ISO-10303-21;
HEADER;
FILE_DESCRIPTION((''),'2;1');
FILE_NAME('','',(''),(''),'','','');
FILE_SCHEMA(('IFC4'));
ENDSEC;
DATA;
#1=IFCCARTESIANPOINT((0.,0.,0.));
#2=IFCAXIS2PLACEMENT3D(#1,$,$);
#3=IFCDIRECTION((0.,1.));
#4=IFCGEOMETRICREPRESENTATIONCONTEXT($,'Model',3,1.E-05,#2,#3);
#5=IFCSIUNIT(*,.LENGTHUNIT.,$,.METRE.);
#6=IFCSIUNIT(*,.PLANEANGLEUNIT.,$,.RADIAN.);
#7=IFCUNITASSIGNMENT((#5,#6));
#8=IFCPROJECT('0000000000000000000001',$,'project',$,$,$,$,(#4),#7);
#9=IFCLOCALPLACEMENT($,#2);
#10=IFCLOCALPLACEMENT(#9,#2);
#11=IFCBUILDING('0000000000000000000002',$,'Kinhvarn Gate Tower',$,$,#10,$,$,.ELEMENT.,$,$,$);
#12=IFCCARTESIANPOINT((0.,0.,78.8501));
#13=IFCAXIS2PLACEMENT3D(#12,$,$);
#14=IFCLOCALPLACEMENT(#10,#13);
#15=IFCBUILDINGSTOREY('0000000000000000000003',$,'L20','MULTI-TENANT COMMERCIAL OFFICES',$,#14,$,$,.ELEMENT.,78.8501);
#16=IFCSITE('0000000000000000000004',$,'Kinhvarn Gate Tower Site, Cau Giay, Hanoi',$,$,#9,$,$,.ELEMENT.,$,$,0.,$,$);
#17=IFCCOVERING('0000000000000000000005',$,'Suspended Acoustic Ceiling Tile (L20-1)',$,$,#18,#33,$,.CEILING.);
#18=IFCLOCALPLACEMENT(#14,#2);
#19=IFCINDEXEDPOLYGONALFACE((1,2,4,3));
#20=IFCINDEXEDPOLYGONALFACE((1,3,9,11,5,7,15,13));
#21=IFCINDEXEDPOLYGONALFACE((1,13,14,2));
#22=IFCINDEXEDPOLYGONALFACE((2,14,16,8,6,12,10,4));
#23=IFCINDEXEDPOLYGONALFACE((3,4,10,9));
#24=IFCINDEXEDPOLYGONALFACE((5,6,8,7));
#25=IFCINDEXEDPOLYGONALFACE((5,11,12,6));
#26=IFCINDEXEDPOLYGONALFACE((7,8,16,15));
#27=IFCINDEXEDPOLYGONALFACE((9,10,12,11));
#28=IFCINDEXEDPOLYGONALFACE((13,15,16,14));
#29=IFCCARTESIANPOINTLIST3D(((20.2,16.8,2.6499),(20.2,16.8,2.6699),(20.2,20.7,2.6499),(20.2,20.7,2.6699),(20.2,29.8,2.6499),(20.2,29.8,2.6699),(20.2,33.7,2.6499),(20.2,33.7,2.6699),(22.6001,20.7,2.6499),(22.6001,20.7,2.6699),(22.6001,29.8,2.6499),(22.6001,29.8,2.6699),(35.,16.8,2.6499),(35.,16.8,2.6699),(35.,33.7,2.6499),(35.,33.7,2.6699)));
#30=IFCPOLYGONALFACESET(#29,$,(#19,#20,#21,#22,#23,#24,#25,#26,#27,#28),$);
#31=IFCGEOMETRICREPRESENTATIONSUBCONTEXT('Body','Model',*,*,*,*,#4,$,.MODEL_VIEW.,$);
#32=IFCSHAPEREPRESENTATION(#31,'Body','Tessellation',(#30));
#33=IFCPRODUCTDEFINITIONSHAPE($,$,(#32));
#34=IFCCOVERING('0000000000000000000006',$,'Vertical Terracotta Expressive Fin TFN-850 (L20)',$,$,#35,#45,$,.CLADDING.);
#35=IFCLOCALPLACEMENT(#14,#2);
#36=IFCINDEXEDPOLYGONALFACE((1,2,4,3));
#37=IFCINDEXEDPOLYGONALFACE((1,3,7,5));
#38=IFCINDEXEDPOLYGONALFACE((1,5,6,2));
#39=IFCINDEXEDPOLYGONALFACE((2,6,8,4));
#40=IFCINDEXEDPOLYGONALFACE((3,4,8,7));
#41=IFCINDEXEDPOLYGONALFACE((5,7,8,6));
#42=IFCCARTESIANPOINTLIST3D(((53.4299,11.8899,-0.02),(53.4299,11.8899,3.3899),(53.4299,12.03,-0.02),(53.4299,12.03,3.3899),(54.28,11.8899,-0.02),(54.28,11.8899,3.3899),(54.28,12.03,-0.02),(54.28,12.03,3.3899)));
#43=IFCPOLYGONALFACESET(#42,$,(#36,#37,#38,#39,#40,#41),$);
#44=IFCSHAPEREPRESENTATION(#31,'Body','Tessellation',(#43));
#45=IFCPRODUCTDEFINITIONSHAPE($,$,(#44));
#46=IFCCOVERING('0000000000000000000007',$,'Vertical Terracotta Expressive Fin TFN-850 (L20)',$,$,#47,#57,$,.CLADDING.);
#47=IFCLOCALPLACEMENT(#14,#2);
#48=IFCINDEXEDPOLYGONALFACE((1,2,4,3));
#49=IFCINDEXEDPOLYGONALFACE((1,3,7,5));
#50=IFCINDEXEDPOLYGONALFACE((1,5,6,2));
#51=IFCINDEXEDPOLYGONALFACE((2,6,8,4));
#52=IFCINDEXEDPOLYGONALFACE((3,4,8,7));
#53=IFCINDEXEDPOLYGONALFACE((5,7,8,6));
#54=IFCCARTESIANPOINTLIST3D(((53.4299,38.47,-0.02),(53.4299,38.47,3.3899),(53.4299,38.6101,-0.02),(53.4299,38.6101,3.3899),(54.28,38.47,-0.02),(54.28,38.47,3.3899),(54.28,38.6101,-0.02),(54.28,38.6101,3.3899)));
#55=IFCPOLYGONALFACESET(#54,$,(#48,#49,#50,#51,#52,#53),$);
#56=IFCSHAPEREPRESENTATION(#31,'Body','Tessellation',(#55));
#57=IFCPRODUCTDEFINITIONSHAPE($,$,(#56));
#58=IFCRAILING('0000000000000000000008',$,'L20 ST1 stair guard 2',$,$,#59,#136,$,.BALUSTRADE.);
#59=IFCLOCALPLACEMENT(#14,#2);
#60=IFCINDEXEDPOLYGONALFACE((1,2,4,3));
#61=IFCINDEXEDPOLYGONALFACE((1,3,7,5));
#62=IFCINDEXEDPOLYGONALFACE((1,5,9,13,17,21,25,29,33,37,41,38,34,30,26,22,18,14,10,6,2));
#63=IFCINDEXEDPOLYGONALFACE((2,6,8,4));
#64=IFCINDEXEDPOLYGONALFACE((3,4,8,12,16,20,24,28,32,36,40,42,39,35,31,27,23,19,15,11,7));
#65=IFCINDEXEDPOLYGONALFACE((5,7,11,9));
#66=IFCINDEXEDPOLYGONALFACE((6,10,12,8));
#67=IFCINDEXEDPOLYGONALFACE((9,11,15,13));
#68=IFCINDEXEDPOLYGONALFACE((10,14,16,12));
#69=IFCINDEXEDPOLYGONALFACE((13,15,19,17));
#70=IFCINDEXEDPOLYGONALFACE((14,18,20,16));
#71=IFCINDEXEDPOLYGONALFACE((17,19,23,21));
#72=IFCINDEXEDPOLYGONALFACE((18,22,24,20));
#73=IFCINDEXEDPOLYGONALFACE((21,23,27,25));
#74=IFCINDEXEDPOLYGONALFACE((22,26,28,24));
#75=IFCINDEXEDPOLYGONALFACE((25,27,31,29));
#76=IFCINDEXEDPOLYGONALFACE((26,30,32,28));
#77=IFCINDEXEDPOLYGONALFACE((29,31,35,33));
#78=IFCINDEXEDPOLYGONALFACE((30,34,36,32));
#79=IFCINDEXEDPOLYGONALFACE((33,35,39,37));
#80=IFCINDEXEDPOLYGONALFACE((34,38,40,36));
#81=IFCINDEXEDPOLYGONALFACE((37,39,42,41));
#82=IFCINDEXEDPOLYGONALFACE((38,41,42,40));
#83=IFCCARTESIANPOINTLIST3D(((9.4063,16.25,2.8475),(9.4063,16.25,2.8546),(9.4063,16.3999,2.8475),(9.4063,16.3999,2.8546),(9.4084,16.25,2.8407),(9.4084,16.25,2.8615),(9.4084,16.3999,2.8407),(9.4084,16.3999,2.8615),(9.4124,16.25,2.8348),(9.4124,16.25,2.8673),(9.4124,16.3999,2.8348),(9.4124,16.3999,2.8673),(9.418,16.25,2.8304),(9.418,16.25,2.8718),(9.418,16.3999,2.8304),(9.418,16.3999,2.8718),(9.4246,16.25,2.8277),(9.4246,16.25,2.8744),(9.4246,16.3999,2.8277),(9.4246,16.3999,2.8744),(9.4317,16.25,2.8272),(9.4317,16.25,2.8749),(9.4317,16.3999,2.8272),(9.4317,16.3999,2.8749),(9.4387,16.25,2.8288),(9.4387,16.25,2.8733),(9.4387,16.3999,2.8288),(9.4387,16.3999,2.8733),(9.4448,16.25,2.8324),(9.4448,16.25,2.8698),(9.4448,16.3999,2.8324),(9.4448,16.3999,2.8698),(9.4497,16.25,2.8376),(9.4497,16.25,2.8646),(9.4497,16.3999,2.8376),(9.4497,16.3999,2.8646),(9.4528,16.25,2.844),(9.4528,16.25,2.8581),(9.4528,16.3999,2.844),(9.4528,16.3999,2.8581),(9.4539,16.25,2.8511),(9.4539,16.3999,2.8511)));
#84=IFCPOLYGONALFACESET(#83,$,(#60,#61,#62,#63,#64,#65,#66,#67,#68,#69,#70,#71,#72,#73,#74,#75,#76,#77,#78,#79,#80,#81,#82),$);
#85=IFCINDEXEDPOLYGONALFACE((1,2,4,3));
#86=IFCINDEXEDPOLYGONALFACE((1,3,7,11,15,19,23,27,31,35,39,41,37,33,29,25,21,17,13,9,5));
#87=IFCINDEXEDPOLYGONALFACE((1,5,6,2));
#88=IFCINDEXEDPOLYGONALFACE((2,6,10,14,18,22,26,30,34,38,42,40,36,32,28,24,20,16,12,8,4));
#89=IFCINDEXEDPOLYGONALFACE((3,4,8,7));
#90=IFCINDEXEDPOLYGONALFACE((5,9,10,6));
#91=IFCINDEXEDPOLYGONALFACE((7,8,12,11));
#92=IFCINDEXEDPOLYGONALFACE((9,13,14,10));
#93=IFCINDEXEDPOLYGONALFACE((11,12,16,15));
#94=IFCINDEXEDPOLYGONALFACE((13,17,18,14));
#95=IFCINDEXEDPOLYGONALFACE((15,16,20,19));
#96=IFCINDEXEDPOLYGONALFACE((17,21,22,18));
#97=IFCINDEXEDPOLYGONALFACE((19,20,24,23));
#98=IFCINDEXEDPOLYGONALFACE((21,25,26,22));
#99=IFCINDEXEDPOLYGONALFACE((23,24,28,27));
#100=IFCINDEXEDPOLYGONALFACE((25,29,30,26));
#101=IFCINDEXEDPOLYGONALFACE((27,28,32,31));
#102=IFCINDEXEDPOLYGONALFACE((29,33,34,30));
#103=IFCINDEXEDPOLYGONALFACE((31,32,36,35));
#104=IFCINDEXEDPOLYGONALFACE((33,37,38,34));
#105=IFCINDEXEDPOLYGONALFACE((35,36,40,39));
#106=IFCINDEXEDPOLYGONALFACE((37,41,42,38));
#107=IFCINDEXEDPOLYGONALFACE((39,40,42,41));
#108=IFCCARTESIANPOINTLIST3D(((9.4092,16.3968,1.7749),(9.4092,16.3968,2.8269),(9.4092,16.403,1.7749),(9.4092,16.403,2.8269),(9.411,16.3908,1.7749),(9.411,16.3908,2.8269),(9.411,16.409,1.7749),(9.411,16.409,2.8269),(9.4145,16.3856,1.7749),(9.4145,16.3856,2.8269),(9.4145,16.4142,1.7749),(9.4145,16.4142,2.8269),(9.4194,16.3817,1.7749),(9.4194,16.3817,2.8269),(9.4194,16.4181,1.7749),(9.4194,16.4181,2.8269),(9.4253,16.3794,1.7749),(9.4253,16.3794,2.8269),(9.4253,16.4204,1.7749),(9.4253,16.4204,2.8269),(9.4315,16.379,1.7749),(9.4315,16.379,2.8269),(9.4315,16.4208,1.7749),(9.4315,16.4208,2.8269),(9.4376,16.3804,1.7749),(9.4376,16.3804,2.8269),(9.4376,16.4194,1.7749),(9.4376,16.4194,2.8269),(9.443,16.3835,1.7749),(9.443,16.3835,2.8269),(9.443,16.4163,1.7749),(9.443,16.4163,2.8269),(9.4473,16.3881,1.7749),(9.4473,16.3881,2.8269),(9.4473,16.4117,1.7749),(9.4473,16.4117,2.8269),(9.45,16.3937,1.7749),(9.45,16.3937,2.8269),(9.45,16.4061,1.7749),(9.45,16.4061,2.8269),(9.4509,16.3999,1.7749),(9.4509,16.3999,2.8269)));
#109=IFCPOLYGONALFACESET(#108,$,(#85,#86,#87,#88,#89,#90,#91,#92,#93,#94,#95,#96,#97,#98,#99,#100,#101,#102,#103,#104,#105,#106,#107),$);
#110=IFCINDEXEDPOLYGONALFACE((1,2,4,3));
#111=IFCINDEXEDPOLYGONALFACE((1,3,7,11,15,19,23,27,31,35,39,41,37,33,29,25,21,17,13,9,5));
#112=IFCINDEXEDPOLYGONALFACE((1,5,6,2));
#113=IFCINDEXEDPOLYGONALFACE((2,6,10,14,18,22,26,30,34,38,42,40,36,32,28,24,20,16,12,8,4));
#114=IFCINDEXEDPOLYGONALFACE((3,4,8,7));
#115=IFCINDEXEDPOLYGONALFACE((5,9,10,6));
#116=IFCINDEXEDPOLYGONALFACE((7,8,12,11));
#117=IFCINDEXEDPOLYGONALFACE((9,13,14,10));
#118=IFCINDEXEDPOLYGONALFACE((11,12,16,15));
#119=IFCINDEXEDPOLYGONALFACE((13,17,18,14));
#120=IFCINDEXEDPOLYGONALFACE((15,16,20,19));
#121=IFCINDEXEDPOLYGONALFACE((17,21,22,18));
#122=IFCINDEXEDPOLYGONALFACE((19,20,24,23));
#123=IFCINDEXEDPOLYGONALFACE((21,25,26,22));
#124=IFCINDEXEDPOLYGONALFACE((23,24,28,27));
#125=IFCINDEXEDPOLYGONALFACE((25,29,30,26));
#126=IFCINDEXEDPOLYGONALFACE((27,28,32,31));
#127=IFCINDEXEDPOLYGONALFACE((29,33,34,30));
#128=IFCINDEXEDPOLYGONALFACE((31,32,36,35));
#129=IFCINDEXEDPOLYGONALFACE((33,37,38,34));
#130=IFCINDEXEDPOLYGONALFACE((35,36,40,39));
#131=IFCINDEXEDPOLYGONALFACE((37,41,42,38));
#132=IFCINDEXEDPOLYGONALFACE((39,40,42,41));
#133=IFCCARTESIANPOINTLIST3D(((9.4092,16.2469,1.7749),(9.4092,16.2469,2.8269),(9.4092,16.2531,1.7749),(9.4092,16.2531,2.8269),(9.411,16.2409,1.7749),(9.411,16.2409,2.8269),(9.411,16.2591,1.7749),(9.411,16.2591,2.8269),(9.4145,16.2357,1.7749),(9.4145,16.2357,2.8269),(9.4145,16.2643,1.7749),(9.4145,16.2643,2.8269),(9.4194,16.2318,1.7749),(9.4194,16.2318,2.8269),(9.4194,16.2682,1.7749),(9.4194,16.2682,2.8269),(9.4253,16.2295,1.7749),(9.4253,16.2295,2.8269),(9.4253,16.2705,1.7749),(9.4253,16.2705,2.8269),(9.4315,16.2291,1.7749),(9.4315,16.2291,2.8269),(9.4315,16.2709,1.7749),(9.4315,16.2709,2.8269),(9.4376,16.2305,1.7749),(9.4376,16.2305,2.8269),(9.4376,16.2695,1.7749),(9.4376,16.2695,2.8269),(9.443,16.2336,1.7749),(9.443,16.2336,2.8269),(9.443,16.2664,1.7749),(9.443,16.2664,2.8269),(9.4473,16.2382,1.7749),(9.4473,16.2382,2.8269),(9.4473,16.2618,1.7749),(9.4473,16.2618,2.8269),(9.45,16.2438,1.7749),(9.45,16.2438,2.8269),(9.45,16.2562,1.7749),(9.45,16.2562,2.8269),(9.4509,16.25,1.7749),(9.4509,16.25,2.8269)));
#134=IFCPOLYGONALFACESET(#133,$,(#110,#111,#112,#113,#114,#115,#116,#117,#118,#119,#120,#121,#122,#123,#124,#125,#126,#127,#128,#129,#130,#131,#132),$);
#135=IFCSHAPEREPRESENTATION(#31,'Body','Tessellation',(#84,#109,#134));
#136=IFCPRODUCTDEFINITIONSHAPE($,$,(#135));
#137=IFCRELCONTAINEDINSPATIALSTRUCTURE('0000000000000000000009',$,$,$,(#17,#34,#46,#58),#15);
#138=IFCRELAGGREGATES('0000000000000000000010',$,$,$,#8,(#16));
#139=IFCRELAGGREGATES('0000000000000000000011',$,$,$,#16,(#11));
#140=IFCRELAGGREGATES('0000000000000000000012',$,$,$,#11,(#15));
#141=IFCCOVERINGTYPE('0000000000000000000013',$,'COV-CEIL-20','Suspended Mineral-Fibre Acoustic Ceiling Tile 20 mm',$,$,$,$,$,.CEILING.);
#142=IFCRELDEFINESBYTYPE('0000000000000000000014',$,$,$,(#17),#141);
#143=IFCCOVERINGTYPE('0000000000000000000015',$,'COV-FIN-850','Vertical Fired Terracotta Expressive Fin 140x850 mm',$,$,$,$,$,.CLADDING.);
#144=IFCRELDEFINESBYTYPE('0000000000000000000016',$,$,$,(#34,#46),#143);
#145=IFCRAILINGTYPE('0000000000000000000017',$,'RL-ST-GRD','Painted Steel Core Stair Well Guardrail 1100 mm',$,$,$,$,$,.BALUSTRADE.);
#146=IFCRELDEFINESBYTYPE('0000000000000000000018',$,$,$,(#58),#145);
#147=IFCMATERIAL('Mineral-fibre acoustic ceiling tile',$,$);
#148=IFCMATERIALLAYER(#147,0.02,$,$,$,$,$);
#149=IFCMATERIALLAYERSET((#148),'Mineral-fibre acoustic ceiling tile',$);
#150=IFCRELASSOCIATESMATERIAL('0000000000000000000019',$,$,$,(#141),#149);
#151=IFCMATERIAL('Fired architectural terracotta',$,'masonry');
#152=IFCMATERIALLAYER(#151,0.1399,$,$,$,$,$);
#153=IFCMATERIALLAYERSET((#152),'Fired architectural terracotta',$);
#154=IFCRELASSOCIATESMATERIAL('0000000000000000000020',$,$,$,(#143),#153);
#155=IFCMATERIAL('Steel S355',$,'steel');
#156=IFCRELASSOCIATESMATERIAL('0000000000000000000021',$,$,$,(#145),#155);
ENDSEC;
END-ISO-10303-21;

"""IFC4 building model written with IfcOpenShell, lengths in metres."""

from ifc_helpers import new_model, si_unit, direction, frame, origin, origin_2d, place, context, subcontext, project, spatial, polyline, circle, outline, extrude, material, layer, layer_set, type_object, element, save


model = new_model("IFC4")

# Units and contexts
model_context = context("Model", 3, precision=1e-05, world=origin(), true_north=direction((0.0, 1.0)))
body_context = subcontext(model_context, "Body", "Model", "MODEL_VIEW")
ifc_project = project(units=[si_unit("LENGTHUNIT", "METRE"), si_unit("PLANEANGLEUNIT", "RADIAN")], contexts=[model_context])

# Site, building, storey
site_placement = place(None, origin())
site = spatial("IfcSite", under=ifc_project, at=site_placement, Name="Kinhvarn Gate Tower Site, Cau Giay, Hanoi", CompositionType="ELEMENT", RefElevation=0.0)
building_placement = place(site_placement, origin())
building = spatial("IfcBuilding", under=site, at=building_placement, Name="Kinhvarn Gate Tower", CompositionType="ELEMENT")
storey_placement = place(building_placement, frame((0.0, 0.0, 78.8501)))
storey = spatial("IfcBuildingStorey", under=building, at=storey_placement, Name="L20", Description="MULTI-TENANT COMMERCIAL OFFICES", CompositionType="ELEMENT", Elevation=78.8501)

# Shared definitions
ifc_material_1 = material(Name="Steel S355", Category="steel")

# Shared definitions
ifc_material_2 = material(Name="Fired architectural terracotta", Category="masonry")

# Coverings
ifc_material_3 = material(Name="Mineral-fibre acoustic ceiling tile")
ifc_layer_1 = layer(ifc_material_3, 0.02)
ifc_layer_set_1 = layer_set([ifc_layer_1], Name="Mineral-fibre acoustic ceiling tile")
covering_type_1 = type_object("IfcCoveringType", Name="COV-CEIL-20", Description="Suspended Mineral-Fibre Acoustic Ceiling Tile 20 mm", PredefinedType="CEILING", material=ifc_layer_set_1)
covering_1_placement = place(storey_placement, frame((0.0, 0.0, 2.6499)))
element("IfcCovering", 1, at=covering_1_placement, inside=storey, type_object=covering_type_1, Name="Suspended Acoustic Ceiling Tile (L20-1)", PredefinedType="CEILING", context=body_context, shape_type="SweptSolid", body=[
    extrude(outline(polyline([(35.0, 33.7), (35.0, 16.8), (20.2, 16.8), (20.2, 20.7), (22.6001, 20.7), (22.6001, 29.8), (20.2, 29.8), (20.2, 33.7), (35.0, 33.7)])), origin(), (0.0, 0.0, 1.0), 0.02),
])
ifc_layer_2 = layer(ifc_material_2, 0.1399)
ifc_layer_set_2 = layer_set([ifc_layer_2], Name="Fired architectural terracotta")
covering_type_2 = type_object("IfcCoveringType", Name="COV-FIN-850", Description="Vertical Fired Terracotta Expressive Fin 140x850 mm", PredefinedType="CLADDING", material=ifc_layer_set_2)
covering_2_placement = place(storey_placement, frame((0.0, 0.0, -0.02)))
element("IfcCovering", 2, at=covering_2_placement, inside=storey, type_object=covering_type_2, Name="Vertical Terracotta Expressive Fin TFN-850 (L20)", PredefinedType="CLADDING", context=body_context, shape_type="SweptSolid", body=[
    extrude(outline(polyline([(53.4299, 11.8899), (53.4299, 12.03), (54.28, 12.03), (54.28, 11.8899), (53.4299, 11.8899)])), origin(), (0.0, 0.0, 1.0), 3.4099),
])
covering_3_placement = place(storey_placement, frame((0.0, 0.0, -0.02)))
element("IfcCovering", 3, at=covering_3_placement, inside=storey, type_object=covering_type_2, Name="Vertical Terracotta Expressive Fin TFN-850 (L20)", PredefinedType="CLADDING", context=body_context, shape_type="SweptSolid", body=[
    extrude(outline(polyline([(53.4299, 38.47), (53.4299, 38.6101), (54.28, 38.6101), (54.28, 38.47), (53.4299, 38.47)])), origin(), (0.0, 0.0, 1.0), 3.4099),
])

# Railing
railing_type_1 = type_object("IfcRailingType", Name="RL-ST-GRD", Description="Painted Steel Core Stair Well Guardrail 1100 mm", PredefinedType="BALUSTRADE", material=ifc_material_1)
railing_1_placement = place(storey_placement, frame((9.4299, 16.3999, 1.7749)))
element("IfcRailing", 4, at=railing_1_placement, inside=storey, type_object=railing_type_1, Name="L20 ST1 stair guard 2", PredefinedType="BALUSTRADE", context=body_context, shape_type="SweptSolid", body=[
    extrude(circle(Radius=0.0239, at=origin_2d()), frame((0.0, 0.0, 1.0762), z_axis=(0.0, -1.0, 0.0), x_axis=(1.0, 0.0, 0.0)), (0.0, 0.0, 1.0), 0.1499),
    extrude(circle(Radius=0.021, at=origin_2d()), origin(), (0.0, 0.0, 1.0), 1.052),
    extrude(circle(Radius=0.021, at=origin_2d()), frame((0.0, -0.1499, 0.0)), (0.0, 0.0, 1.0), 1.052),
])

save(model, "model.ifc")
